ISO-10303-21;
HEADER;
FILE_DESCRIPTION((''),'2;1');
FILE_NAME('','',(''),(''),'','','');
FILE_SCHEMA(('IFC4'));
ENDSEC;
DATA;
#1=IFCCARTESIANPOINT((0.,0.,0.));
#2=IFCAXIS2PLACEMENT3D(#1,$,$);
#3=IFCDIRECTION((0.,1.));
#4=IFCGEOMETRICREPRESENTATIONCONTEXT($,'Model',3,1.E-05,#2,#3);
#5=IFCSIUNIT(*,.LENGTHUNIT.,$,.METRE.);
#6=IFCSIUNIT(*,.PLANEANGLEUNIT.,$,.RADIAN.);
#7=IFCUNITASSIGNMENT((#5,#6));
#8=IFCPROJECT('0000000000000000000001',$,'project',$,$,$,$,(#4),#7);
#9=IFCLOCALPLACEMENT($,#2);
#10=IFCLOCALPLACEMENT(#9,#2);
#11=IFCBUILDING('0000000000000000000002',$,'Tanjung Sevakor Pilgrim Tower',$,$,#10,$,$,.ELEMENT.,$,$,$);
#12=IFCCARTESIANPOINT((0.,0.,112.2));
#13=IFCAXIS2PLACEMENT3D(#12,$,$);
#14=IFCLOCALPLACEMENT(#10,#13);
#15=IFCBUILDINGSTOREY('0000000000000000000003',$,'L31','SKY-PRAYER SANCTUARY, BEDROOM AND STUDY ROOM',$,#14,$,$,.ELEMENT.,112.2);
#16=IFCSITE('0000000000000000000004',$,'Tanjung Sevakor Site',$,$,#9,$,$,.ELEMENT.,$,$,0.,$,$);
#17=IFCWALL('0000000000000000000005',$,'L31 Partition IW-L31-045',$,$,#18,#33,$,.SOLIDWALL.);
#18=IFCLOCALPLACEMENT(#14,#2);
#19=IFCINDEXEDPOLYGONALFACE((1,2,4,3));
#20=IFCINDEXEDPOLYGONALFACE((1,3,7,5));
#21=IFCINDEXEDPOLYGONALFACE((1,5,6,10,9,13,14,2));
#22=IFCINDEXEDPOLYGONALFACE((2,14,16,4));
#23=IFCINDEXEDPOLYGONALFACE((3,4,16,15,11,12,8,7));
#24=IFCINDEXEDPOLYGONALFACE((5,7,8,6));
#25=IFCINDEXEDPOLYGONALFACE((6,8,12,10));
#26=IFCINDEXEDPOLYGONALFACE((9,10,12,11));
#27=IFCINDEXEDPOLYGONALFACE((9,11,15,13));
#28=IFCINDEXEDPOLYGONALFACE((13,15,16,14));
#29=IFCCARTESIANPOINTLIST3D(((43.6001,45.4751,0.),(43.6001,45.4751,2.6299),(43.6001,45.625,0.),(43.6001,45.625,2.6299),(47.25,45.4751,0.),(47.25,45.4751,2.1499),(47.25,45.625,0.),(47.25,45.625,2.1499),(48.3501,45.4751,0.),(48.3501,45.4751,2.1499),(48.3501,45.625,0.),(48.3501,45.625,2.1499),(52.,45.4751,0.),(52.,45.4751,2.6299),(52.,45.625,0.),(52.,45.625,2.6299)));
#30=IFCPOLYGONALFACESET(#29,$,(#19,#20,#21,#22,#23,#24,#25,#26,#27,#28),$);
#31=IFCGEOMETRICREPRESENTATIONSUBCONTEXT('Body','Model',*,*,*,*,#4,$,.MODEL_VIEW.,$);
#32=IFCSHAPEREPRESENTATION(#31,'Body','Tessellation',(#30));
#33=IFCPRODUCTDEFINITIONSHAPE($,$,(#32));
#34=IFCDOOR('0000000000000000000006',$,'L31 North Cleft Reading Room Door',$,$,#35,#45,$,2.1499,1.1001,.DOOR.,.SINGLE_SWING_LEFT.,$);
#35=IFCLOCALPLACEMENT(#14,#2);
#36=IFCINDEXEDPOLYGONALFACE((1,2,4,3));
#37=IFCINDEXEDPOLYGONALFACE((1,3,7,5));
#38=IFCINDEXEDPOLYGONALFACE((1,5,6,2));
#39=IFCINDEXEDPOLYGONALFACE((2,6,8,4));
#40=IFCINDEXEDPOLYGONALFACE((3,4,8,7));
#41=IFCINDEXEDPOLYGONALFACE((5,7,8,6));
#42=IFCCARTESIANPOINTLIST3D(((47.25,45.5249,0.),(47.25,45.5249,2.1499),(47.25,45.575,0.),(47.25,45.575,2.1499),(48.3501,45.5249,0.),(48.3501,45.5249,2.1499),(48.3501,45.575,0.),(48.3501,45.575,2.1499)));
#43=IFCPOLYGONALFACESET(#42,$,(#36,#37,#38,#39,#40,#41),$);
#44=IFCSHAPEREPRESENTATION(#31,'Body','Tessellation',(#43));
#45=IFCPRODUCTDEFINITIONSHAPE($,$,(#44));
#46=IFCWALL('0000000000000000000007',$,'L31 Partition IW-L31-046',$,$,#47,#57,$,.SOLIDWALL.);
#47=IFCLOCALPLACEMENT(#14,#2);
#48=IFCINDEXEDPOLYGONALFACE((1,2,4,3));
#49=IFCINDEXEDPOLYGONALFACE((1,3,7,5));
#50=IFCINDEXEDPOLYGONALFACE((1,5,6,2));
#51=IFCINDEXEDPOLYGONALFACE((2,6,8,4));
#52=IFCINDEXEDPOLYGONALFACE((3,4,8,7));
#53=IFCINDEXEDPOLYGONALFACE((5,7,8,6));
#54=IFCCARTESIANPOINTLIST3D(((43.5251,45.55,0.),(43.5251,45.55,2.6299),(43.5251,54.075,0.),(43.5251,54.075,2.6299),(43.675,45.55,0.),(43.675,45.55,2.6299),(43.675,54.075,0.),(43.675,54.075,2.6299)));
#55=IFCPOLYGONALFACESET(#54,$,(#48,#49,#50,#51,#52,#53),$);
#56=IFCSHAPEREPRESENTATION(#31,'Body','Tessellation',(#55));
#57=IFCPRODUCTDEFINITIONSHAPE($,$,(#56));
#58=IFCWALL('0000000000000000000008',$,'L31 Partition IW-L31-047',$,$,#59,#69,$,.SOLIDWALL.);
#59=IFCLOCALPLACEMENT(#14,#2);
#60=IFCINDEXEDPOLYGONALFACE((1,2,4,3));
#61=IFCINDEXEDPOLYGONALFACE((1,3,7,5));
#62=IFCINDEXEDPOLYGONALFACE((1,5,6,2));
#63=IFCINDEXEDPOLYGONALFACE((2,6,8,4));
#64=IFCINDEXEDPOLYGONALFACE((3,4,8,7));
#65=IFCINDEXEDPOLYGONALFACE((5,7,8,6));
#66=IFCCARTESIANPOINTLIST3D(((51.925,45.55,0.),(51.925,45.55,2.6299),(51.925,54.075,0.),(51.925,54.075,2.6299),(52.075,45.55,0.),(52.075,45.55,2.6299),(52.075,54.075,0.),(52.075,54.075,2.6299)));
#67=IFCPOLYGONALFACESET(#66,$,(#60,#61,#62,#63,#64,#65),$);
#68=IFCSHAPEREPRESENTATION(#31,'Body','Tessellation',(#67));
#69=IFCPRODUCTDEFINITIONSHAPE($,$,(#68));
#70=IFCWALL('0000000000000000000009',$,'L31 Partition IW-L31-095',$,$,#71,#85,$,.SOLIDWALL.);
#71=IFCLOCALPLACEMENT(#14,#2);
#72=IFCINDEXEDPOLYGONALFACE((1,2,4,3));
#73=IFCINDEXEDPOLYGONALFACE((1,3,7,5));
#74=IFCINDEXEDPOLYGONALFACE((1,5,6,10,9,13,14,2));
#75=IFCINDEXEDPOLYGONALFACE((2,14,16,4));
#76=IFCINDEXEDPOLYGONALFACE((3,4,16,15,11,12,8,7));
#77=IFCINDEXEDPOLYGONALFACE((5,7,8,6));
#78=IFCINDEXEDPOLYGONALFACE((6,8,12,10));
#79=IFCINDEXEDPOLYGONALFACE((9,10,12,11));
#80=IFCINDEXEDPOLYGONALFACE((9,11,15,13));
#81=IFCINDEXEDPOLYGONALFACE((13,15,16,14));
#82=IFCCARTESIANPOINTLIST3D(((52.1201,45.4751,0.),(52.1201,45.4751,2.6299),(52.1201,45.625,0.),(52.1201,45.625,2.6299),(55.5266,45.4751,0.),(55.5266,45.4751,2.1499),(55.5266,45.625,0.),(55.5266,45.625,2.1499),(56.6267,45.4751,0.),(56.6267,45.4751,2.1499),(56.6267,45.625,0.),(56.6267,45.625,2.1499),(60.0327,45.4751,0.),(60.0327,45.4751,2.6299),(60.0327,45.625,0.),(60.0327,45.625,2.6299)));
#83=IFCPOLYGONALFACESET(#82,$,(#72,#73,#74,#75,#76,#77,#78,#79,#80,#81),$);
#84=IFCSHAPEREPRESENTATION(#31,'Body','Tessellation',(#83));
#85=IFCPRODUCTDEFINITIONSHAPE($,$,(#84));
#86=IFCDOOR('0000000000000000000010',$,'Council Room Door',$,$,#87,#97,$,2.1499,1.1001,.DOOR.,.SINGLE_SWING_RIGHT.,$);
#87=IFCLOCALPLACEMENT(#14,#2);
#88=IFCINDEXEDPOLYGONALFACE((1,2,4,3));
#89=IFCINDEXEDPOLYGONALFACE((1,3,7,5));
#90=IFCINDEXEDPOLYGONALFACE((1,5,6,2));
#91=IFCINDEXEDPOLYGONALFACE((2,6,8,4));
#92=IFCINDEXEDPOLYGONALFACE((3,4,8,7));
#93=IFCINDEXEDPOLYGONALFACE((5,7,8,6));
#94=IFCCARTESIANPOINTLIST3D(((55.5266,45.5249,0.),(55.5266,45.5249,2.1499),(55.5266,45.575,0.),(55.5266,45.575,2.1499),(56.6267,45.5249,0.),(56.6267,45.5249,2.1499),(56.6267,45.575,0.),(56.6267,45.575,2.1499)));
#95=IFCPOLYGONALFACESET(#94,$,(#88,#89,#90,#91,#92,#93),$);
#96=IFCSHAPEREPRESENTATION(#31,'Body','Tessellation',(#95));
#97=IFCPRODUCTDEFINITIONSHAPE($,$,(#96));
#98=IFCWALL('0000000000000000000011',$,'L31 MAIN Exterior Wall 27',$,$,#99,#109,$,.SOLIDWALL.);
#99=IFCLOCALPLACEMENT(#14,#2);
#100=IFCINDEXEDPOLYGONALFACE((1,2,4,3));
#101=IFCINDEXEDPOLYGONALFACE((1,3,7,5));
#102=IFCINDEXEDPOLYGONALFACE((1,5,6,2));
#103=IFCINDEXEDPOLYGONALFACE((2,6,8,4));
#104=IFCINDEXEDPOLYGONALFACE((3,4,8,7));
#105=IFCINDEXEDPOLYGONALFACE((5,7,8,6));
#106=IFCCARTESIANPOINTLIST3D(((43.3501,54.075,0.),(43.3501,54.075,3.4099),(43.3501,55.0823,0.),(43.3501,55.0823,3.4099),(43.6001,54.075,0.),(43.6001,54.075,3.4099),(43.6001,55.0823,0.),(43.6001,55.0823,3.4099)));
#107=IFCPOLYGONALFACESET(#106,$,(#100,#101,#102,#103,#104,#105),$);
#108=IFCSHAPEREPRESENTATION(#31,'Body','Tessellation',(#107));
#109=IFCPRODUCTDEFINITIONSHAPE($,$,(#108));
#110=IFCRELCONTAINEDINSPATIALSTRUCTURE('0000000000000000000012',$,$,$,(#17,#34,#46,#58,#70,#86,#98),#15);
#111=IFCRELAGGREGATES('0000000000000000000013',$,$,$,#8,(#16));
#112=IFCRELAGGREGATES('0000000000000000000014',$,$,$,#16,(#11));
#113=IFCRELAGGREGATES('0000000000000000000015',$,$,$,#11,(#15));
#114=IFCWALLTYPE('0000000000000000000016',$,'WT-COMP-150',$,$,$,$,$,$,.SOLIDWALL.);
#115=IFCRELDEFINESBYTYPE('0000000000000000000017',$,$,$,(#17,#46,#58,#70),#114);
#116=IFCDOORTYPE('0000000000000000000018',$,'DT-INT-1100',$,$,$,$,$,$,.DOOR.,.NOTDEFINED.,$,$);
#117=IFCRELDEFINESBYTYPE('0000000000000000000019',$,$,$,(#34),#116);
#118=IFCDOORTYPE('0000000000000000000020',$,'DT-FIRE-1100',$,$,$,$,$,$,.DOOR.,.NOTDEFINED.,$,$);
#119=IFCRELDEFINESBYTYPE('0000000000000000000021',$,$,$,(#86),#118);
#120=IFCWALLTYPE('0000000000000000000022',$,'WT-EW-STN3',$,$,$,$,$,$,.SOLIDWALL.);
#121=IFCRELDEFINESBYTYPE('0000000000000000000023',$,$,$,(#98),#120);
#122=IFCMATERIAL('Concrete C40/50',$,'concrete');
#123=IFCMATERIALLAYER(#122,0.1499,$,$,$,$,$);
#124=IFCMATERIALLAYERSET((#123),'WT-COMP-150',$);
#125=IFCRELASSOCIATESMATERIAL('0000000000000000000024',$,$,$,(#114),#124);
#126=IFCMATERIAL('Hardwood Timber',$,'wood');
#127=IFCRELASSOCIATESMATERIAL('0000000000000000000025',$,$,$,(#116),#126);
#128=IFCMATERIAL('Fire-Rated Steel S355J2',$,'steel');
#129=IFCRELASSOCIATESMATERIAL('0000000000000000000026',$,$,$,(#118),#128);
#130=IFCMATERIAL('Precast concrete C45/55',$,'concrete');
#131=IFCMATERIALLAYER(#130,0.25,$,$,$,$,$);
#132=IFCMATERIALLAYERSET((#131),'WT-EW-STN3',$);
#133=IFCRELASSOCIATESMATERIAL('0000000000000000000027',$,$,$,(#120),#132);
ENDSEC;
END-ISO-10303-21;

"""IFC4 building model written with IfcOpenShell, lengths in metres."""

from ifc_helpers import new_model, si_unit, direction, frame, frame_2d, origin, place, context, subcontext, project, spatial, rectangle, extrude, material, layer, layer_set, type_object, element, fill, save


model = new_model("IFC4")

# Units and contexts
model_context = context("Model", 3, precision=1e-05, world=origin(), true_north=direction((0.0, 1.0)))
body_context = subcontext(model_context, "Body", "Model", "MODEL_VIEW")
ifc_project = project(units=[si_unit("LENGTHUNIT", "METRE"), si_unit("PLANEANGLEUNIT", "RADIAN")], contexts=[model_context])

# Site, building, storey
site_placement = place(None, origin())
site = spatial("IfcSite", under=ifc_project, at=site_placement, Name="Tanjung Sevakor Site", CompositionType="ELEMENT", RefElevation=0.0)
building_placement = place(site_placement, origin())
building = spatial("IfcBuilding", under=site, at=building_placement, Name="Tanjung Sevakor Pilgrim Tower", CompositionType="ELEMENT")
storey_placement = place(building_placement, frame((0.0, 0.0, 112.2)))
storey = spatial("IfcBuildingStorey", under=building, at=storey_placement, Name="L31", Description="SKY-PRAYER SANCTUARY, BEDROOM AND STUDY ROOM", CompositionType="ELEMENT", Elevation=112.2)

# Shared definitions
ifc_material_1 = material(Name="Concrete C40/50", Category="concrete")
ifc_layer_1 = layer(ifc_material_1, 0.1499)
ifc_layer_set_1 = layer_set([ifc_layer_1], Name="WT-COMP-150")
wall_type_1 = type_object("IfcWallType", Name="WT-COMP-150", PredefinedType="SOLIDWALL", material=ifc_layer_set_1)

# Wall, opening, door
wall_1_placement = place(storey_placement, frame((43.6001, 45.55, 0.0), z_axis=(0.0, 0.0, 1.0), x_axis=(1.0, 0.0, 0.0)))
wall_1 = element("IfcWall", 1, at=wall_1_placement, inside=storey, type_object=wall_type_1, Name="L31 Partition IW-L31-045", PredefinedType="SOLIDWALL", context=body_context, shape_type="SweptSolid", body=[
    extrude(rectangle(XDim=8.3999, YDim=0.1499, at=frame_2d((4.2, 0.0))), origin(), (0.0, 0.0, 1.0), 2.6299),
])
opening_1_placement = place(wall_1_placement, frame((3.6499, 0.0, 0.0)))
opening_1 = element("IfcOpeningElement", 2, at=opening_1_placement, cuts=wall_1, PredefinedType="OPENING", context=body_context, shape_type="SweptSolid", body=[
    extrude(rectangle(XDim=1.1001, YDim=2.1499, at=frame_2d((0.55, 1.075))), frame((0.0, 0.085, 0.0), z_axis=(0.0, -1.0, 0.0), x_axis=(1.0, 0.0, 0.0)), (0.0, 0.0, 1.0), 0.1699),
])
ifc_material_2 = material(Name="Hardwood Timber", Category="wood")
door_type_1 = type_object("IfcDoorType", Name="DT-INT-1100", OperationType="NOTDEFINED", PredefinedType="DOOR", material=ifc_material_2)
door_1_placement = place(opening_1_placement, origin())
door_1 = element("IfcDoor", 3, at=door_1_placement, inside=storey, type_object=door_type_1, Name="L31 North Cleft Reading Room Door", OperationType="SINGLE_SWING_LEFT", OverallHeight=2.1499, OverallWidth=1.1001, PredefinedType="DOOR", context=body_context, shape_type="SweptSolid", body=[
    extrude(rectangle(XDim=1.1001, YDim=2.1499, at=frame_2d((0.55, 1.075))), frame((0.0, 0.0249, 0.0), z_axis=(0.0, -1.0, 0.0), x_axis=(1.0, 0.0, 0.0)), (0.0, 0.0, 1.0), 0.05),
])
fill(opening_1, door_1)

# Walls
for number, where, z_axis, x_axis, name in (
    (4, (43.6001, 45.55, 0.0), (0.0, 0.0, 1.0), (0.0, 1.0, 0.0), "L31 Partition IW-L31-046"),
    (5, (52.0, 45.55, 0.0), (0.0, 0.0, 1.0), (0.0, 1.0, 0.0), "L31 Partition IW-L31-047"),
):
    element("IfcWall", number, at=place(storey_placement, frame(where, z_axis=z_axis, x_axis=x_axis)), inside=storey, type_object=wall_type_1, Name=name, PredefinedType="SOLIDWALL", context=body_context, shape_type="SweptSolid", body=[
        extrude(rectangle(XDim=8.5249, YDim=0.1499, at=frame_2d((4.2625, 0.0))), origin(), (0.0, 0.0, 1.0), 2.6299),
    ])

# Wall, opening, door
wall_2_placement = place(storey_placement, frame((52.1201, 45.55, 0.0), z_axis=(0.0, 0.0, 1.0), x_axis=(1.0, 0.0, 0.0)))
wall_2 = element("IfcWall", 6, at=wall_2_placement, inside=storey, type_object=wall_type_1, Name="L31 Partition IW-L31-095", PredefinedType="SOLIDWALL", context=body_context, shape_type="SweptSolid", body=[
    extrude(rectangle(XDim=7.9126, YDim=0.1499, at=frame_2d((3.9563, 0.0))), origin(), (0.0, 0.0, 1.0), 2.6299),
])
opening_2_placement = place(wall_2_placement, frame((3.4065, 0.0, 0.0)))
opening_2 = element("IfcOpeningElement", 7, at=opening_2_placement, cuts=wall_2, PredefinedType="OPENING", context=body_context, shape_type="SweptSolid", body=[
    extrude(rectangle(XDim=1.1001, YDim=2.1499, at=frame_2d((0.55, 1.075))), frame((0.0, 0.085, 0.0), z_axis=(0.0, -1.0, 0.0), x_axis=(1.0, 0.0, 0.0)), (0.0, 0.0, 1.0), 0.1699),
])
ifc_material_3 = material(Name="Fire-Rated Steel S355J2", Category="steel")
door_type_2 = type_object("IfcDoorType", Name="DT-FIRE-1100", OperationType="NOTDEFINED", PredefinedType="DOOR", material=ifc_material_3)
door_2_placement = place(opening_2_placement, origin())
door_2 = element("IfcDoor", 8, at=door_2_placement, inside=storey, type_object=door_type_2, Name="Council Room Door", OperationType="SINGLE_SWING_RIGHT", OverallHeight=2.1499, OverallWidth=1.1001, PredefinedType="DOOR", context=body_context, shape_type="SweptSolid", body=[
    extrude(rectangle(XDim=1.1001, YDim=2.1499, at=frame_2d((0.55, 1.075))), frame((0.0, 0.0249, 0.0), z_axis=(0.0, -1.0, 0.0), x_axis=(1.0, 0.0, 0.0)), (0.0, 0.0, 1.0), 0.05),
])
fill(opening_2, door_2)

# Wall
ifc_material_4 = material(Name="Precast concrete C45/55", Category="concrete")
ifc_layer_2 = layer(ifc_material_4, 0.25)
ifc_layer_set_2 = layer_set([ifc_layer_2], Name="WT-EW-STN3")
wall_type_2 = type_object("IfcWallType", Name="WT-EW-STN3", PredefinedType="SOLIDWALL", material=ifc_layer_set_2)
wall_3_placement = place(storey_placement, frame((43.4751, 54.075, 0.0), z_axis=(0.0, 0.0, 1.0), x_axis=(0.0, 1.0, 0.0)))
element("IfcWall", 9, at=wall_3_placement, inside=storey, type_object=wall_type_2, Name="L31 MAIN Exterior Wall 27", PredefinedType="SOLIDWALL", context=body_context, shape_type="SweptSolid", body=[
    extrude(rectangle(XDim=1.0073, YDim=0.25, at=frame_2d((0.5037, 0.0))), origin(), (0.0, 0.0, 1.0), 3.4099),
])

save(model, "model.ifc")
